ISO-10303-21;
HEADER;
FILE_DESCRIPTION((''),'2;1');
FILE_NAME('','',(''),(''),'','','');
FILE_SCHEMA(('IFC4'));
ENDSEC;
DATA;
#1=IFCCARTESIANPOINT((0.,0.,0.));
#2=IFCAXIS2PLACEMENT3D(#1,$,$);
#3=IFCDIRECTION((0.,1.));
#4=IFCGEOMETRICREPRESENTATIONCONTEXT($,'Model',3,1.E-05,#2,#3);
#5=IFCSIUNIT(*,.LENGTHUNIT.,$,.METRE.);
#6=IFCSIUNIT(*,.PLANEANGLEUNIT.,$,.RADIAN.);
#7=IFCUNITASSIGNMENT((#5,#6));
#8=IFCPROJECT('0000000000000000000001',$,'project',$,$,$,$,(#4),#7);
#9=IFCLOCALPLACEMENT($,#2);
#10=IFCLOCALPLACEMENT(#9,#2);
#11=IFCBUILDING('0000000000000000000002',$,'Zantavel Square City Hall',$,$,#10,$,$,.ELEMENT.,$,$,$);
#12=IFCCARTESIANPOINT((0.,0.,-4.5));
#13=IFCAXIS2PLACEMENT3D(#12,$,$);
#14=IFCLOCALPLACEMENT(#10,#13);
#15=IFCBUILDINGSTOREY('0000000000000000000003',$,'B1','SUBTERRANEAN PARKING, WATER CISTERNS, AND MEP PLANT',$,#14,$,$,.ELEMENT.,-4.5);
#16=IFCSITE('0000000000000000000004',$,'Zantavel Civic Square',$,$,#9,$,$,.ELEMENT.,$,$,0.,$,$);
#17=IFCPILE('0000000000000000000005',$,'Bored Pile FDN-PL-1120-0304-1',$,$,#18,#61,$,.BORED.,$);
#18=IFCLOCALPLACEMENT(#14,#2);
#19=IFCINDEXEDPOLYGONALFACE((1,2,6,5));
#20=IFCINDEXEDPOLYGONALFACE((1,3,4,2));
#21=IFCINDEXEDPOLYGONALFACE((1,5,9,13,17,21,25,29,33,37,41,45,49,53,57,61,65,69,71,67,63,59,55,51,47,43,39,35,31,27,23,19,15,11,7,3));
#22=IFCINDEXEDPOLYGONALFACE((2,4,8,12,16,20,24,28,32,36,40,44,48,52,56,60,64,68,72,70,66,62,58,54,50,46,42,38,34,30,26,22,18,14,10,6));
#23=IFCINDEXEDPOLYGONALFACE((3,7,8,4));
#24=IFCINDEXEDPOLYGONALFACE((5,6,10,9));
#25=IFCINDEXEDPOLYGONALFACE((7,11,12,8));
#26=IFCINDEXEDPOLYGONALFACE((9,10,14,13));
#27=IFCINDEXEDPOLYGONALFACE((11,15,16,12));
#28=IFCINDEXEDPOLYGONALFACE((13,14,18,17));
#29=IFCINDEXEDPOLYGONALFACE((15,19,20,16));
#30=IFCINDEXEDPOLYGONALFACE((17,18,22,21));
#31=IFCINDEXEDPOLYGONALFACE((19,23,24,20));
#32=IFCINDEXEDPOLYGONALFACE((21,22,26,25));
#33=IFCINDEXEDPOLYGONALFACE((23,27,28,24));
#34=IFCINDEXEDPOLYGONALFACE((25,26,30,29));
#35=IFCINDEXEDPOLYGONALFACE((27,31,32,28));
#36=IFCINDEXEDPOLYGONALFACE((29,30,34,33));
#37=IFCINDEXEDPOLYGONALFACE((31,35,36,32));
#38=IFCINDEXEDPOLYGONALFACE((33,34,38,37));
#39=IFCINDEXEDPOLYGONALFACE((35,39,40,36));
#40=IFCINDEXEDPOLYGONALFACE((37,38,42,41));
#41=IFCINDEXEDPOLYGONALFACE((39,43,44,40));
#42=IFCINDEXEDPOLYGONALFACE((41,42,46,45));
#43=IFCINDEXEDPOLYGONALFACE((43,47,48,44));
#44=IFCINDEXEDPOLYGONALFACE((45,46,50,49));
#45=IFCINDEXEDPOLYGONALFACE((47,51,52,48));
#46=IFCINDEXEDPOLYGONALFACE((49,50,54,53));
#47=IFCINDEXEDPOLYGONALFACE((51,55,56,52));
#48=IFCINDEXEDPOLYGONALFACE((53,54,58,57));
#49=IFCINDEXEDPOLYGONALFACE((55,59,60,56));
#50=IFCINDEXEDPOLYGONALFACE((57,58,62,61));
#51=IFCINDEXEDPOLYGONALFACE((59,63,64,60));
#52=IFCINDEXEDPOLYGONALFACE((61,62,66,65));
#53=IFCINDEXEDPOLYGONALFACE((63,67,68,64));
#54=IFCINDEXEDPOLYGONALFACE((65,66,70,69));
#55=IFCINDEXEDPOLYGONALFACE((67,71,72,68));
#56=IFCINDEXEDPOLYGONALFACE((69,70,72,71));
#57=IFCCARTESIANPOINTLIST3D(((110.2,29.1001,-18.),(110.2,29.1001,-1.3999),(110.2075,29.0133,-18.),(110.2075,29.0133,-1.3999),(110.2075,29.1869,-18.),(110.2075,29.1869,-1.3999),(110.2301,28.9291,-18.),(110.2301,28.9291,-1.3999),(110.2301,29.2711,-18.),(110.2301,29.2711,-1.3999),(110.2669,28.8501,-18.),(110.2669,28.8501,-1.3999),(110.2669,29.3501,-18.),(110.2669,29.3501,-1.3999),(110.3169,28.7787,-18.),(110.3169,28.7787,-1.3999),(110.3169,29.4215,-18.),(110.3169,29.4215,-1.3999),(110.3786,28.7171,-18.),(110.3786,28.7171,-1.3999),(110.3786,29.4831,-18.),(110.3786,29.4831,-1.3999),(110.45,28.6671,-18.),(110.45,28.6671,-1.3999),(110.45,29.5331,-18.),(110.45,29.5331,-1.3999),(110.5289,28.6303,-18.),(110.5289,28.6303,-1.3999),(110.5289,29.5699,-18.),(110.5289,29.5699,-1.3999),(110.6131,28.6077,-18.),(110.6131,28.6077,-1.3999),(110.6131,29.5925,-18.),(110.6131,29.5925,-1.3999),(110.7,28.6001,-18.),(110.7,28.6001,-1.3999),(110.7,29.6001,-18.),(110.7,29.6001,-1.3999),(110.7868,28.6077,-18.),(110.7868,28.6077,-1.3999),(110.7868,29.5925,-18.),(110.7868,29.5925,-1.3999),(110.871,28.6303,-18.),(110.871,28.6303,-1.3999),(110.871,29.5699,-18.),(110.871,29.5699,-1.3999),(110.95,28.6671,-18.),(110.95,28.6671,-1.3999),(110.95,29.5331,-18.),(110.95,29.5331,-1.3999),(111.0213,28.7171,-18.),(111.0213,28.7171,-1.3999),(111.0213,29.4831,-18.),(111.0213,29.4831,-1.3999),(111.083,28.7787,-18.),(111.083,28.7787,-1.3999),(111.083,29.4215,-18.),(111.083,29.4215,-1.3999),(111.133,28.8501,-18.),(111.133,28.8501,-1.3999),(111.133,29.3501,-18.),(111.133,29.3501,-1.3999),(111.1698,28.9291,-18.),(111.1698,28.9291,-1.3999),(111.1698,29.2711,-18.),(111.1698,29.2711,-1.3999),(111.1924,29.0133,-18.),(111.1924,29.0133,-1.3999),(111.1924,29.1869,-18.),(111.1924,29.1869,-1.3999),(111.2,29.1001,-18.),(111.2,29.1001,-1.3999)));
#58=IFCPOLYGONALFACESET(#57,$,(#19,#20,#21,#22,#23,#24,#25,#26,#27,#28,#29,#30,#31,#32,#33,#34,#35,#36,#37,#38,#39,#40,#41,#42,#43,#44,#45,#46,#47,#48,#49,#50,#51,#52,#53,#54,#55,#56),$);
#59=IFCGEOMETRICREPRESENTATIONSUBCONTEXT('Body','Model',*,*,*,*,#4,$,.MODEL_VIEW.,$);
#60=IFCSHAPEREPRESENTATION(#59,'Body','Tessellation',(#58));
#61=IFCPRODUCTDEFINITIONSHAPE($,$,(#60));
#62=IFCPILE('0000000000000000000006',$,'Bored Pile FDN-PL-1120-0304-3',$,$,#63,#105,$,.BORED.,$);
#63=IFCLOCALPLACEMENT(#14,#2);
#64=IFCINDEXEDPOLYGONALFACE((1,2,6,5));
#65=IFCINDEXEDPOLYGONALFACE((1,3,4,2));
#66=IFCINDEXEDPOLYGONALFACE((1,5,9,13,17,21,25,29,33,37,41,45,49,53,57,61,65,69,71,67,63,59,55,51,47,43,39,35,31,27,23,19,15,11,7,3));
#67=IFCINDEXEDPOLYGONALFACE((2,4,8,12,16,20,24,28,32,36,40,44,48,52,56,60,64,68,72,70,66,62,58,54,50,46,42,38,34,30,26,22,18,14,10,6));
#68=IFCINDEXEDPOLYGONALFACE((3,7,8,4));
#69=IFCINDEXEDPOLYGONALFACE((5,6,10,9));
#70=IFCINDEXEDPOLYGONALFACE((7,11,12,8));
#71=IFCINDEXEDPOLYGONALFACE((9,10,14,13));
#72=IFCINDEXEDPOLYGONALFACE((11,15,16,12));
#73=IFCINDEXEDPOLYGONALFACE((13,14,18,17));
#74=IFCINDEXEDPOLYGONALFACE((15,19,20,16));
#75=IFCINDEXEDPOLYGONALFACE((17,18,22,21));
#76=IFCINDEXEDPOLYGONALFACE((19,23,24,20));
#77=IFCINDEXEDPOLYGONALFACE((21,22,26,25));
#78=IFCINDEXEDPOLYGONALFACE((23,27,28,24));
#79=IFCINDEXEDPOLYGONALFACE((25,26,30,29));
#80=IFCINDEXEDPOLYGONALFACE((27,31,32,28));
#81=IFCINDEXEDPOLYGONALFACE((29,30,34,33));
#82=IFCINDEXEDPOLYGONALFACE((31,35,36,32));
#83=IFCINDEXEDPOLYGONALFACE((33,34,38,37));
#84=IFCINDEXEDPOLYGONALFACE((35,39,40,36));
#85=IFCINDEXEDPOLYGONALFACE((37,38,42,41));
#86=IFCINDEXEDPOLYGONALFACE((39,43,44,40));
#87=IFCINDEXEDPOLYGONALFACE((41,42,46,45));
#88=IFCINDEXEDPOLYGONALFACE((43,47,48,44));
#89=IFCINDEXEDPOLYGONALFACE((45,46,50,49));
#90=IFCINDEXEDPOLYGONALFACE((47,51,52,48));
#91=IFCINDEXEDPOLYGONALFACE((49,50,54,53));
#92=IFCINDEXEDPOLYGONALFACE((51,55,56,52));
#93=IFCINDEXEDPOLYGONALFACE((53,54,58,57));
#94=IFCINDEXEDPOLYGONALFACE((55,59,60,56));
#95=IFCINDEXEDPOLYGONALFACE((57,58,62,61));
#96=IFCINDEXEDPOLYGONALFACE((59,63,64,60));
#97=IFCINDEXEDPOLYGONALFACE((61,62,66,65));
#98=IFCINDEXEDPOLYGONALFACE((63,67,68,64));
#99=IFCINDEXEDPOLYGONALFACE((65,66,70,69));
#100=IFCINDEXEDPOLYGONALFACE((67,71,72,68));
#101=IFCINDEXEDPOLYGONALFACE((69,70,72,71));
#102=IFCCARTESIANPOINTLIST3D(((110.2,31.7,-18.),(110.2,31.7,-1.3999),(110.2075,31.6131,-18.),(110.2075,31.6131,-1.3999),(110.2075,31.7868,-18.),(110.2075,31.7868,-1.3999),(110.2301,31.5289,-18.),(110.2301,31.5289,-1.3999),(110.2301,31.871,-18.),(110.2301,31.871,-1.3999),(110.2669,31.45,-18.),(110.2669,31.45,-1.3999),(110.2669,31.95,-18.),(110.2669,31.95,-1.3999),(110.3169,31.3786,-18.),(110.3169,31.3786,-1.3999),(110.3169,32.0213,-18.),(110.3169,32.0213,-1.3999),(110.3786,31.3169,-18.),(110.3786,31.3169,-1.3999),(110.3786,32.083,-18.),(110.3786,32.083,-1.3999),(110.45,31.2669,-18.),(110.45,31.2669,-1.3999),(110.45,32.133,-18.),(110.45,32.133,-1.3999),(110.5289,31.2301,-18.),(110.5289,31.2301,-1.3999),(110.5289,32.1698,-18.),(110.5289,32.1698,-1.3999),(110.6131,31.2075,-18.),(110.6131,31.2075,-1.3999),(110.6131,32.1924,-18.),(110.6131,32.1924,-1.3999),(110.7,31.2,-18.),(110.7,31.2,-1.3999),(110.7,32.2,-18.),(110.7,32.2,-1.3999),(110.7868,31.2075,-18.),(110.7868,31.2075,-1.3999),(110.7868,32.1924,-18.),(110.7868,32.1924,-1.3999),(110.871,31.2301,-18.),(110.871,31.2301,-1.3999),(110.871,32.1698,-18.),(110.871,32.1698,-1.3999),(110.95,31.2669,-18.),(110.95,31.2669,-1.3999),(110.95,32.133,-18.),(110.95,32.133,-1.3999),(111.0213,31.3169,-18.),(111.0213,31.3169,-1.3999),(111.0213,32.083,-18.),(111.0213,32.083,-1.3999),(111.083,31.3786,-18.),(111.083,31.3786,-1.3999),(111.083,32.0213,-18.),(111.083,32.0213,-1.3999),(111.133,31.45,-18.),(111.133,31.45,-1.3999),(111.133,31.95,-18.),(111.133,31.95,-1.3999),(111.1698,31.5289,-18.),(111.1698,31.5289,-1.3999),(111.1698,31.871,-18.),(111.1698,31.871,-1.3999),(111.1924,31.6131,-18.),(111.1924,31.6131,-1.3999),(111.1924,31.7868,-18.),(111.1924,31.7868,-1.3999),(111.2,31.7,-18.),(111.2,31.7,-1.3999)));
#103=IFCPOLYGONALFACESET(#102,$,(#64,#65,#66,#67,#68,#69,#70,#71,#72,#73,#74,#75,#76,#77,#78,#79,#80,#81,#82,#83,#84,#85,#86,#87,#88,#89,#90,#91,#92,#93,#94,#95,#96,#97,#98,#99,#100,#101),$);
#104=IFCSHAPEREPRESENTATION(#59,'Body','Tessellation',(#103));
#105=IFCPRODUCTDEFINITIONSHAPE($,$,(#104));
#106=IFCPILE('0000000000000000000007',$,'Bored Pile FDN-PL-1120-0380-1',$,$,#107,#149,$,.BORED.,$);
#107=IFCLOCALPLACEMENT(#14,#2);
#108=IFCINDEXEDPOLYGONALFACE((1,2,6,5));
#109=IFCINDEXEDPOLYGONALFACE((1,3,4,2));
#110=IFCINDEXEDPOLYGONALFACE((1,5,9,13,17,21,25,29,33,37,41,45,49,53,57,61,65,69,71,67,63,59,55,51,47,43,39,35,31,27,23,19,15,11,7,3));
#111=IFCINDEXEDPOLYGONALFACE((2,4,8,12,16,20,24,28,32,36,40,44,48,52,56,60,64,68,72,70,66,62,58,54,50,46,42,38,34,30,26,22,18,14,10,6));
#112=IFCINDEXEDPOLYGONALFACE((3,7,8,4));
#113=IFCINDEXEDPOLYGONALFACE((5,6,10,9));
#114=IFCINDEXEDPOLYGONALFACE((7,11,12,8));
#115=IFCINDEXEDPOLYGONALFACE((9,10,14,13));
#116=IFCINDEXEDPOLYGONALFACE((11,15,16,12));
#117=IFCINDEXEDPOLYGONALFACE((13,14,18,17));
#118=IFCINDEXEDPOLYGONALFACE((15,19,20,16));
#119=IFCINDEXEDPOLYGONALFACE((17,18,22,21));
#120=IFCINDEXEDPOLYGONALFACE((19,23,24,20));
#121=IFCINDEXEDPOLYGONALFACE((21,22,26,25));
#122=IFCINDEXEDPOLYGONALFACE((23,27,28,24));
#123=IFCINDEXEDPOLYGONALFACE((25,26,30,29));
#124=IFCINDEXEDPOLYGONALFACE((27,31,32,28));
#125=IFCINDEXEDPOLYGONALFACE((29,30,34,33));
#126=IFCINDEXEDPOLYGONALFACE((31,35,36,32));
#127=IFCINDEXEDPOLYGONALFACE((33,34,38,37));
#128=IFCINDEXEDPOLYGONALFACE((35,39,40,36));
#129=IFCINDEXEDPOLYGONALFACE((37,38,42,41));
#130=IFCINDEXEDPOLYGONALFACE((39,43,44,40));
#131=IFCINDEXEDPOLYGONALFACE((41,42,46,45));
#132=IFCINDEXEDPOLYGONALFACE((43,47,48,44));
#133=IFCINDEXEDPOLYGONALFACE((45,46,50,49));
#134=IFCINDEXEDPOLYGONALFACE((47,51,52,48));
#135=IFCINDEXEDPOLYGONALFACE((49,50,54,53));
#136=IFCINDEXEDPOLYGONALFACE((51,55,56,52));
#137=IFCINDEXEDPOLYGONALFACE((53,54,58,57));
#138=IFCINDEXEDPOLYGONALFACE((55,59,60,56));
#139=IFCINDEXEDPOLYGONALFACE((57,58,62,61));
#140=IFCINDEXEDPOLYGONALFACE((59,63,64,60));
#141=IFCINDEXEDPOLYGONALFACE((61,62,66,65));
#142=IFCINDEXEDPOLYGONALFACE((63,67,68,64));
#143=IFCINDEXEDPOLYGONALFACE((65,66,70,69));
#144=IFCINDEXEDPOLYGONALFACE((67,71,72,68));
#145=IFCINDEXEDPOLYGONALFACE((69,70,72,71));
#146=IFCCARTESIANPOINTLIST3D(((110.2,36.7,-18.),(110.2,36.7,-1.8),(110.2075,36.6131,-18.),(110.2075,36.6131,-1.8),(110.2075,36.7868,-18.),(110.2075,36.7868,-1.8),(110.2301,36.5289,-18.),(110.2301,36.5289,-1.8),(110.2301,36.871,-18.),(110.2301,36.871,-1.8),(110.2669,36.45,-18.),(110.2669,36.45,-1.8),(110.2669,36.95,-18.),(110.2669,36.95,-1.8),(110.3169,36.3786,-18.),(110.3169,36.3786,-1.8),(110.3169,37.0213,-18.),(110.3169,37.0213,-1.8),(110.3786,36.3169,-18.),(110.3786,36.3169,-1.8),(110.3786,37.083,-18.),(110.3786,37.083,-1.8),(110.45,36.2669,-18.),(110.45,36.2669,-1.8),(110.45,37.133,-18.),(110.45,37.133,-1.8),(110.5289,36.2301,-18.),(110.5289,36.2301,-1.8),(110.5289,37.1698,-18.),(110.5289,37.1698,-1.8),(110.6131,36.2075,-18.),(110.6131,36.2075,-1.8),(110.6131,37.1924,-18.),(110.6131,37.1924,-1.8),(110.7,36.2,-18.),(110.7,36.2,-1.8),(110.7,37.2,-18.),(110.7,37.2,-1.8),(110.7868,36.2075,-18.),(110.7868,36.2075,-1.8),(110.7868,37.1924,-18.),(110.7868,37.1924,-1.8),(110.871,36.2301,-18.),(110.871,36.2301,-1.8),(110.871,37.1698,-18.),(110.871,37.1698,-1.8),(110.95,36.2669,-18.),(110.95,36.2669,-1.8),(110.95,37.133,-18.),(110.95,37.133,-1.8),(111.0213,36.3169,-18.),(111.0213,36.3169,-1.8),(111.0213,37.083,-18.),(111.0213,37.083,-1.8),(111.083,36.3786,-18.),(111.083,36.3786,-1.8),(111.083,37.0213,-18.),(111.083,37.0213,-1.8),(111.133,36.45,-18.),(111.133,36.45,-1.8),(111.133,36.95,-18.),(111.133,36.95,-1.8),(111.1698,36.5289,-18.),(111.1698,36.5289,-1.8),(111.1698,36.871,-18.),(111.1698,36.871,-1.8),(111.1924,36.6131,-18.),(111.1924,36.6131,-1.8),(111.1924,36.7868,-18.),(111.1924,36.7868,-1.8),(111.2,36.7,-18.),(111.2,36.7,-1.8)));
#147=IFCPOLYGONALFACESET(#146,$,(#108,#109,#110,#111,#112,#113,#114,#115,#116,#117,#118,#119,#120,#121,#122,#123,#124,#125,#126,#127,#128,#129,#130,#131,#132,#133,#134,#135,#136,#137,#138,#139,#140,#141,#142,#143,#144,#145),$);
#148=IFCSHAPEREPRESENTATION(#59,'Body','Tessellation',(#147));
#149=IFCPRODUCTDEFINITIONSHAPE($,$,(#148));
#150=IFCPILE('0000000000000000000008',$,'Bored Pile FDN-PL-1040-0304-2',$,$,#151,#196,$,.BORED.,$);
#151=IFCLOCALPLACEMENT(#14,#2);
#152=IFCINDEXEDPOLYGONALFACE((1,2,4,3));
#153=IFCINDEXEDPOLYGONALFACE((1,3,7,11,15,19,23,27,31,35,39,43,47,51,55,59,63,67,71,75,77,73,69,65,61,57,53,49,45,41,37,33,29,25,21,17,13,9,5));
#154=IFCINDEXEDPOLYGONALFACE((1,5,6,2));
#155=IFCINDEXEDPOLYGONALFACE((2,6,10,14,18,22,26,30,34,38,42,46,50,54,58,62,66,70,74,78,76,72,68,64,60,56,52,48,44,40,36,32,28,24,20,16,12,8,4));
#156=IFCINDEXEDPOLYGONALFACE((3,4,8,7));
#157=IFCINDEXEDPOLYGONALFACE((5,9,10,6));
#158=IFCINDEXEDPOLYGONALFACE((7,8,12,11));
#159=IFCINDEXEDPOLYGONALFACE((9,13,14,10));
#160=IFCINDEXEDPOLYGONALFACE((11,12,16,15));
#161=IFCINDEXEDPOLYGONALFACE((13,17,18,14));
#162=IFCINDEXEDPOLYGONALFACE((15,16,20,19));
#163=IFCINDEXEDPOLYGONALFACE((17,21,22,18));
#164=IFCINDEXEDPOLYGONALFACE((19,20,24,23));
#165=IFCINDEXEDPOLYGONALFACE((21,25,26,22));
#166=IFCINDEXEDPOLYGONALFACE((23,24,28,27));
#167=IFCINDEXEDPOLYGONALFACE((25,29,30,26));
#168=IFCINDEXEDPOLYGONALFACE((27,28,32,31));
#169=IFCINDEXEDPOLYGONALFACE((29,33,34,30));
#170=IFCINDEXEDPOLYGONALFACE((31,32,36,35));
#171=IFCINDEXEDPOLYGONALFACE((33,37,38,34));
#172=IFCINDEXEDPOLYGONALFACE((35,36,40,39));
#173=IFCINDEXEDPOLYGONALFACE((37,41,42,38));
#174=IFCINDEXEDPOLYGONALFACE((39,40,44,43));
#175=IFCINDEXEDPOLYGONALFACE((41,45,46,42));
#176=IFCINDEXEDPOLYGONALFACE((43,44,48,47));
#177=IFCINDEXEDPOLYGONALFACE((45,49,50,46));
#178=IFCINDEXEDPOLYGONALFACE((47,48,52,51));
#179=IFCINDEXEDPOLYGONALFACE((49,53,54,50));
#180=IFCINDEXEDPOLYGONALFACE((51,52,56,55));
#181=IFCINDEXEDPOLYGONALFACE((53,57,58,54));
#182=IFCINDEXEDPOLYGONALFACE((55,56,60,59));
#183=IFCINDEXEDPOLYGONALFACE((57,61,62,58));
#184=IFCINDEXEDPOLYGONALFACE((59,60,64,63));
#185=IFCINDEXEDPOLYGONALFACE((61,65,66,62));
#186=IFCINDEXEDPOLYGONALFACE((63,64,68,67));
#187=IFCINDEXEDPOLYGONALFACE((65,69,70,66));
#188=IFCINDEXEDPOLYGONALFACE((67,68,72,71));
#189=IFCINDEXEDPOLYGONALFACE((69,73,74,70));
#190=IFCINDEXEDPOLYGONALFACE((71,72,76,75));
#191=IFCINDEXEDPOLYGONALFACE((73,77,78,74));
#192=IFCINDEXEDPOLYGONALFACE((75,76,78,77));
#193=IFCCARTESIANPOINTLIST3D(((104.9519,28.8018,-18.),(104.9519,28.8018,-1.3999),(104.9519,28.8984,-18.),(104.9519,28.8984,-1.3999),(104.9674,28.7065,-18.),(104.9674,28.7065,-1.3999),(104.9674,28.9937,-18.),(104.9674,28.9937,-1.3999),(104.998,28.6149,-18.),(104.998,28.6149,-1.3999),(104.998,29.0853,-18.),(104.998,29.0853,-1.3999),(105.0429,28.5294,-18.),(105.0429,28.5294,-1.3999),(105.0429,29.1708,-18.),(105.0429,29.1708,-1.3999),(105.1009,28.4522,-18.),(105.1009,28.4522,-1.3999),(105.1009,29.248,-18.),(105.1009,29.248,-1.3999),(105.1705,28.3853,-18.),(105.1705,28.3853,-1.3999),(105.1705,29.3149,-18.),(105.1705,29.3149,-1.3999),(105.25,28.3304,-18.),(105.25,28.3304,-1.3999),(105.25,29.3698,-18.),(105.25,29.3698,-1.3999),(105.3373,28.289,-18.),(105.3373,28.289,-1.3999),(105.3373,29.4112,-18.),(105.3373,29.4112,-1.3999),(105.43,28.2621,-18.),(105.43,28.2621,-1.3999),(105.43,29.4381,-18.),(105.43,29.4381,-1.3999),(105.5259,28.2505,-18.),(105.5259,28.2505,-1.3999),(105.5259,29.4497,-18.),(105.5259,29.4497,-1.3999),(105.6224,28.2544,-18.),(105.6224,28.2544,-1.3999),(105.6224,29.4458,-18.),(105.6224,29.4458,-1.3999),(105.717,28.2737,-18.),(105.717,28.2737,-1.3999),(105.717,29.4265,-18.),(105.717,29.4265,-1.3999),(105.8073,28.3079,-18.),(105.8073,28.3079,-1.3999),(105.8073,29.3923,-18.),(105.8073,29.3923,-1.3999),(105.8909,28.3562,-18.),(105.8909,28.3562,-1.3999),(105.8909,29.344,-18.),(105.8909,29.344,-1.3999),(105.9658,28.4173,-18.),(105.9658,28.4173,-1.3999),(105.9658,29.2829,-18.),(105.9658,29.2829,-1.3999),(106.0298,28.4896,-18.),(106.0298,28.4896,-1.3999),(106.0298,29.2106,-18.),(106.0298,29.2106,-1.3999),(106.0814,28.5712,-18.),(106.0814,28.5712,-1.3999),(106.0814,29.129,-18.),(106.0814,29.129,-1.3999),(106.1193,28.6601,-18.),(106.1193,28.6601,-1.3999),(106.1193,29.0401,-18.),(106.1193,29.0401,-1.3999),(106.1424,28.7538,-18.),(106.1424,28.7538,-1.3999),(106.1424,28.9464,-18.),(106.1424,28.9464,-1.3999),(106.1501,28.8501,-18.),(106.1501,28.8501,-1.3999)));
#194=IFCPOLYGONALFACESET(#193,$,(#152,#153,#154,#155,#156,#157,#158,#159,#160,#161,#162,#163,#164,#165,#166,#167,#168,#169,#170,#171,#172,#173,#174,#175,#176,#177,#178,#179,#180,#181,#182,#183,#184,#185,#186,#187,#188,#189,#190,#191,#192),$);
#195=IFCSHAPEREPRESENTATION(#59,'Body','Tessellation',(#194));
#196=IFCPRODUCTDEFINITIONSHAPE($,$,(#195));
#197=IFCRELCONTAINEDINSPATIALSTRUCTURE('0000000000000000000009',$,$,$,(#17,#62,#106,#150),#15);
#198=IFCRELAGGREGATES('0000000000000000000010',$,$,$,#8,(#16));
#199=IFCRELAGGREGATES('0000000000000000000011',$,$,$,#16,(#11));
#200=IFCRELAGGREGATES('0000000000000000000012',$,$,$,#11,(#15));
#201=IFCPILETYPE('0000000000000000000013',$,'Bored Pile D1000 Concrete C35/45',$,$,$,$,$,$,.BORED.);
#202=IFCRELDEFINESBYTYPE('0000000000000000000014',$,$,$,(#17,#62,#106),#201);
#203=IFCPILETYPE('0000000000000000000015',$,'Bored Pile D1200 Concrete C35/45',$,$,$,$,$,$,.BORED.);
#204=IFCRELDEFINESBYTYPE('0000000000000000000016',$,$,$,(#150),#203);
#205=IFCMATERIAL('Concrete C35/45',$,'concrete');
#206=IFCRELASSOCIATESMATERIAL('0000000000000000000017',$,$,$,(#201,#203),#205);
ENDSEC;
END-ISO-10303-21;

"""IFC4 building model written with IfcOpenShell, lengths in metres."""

from ifc_helpers import new_model, si_unit, direction, frame, origin, origin_2d, place, context, subcontext, project, spatial, circle, extrude, material, material_profile, profile_set, type_object, element, save


model = new_model("IFC4")

# Units and contexts
model_context = context("Model", 3, precision=1e-05, world=origin(), true_north=direction((0.0, 1.0)))
body_context = subcontext(model_context, "Body", "Model", "MODEL_VIEW")
ifc_project = project(units=[si_unit("LENGTHUNIT", "METRE"), si_unit("PLANEANGLEUNIT", "RADIAN")], contexts=[model_context])

# Site, building, storey
site_placement = place(None, origin())
site = spatial("IfcSite", under=ifc_project, at=site_placement, Name="Zantavel Civic Square", CompositionType="ELEMENT", RefElevation=0.0)
building_placement = place(site_placement, origin())
building = spatial("IfcBuilding", under=site, at=building_placement, Name="Zantavel Square City Hall", CompositionType="ELEMENT")
storey_placement = place(building_placement, frame((0.0, 0.0, -4.5)))
storey = spatial("IfcBuildingStorey", under=building, at=storey_placement, Name="B1", Description="SUBTERRANEAN PARKING, WATER CISTERNS, AND MEP PLANT", CompositionType="ELEMENT", Elevation=-4.5)

# Piles
ifc_material_1 = material(Name="Concrete C35/45", Category="concrete")
ifc_material_profile_1 = material_profile(ifc_material_1, circle(Radius=0.5, at=origin_2d()), Name="PILE D1000")
ifc_profile_set_1 = profile_set([ifc_material_profile_1], Name="Concrete C35/45")
pile_type_1 = type_object("IfcPileType", Name="Bored Pile D1000 Concrete C35/45", PredefinedType="BORED", material=ifc_profile_set_1)
for number, where, z_axis, x_axis, name in (
    (1, (110.7, 29.1001, -1.3999), (0.0, 0.0, -1.0), (1.0, 0.0, 0.0), "Bored Pile FDN-PL-1120-0304-1"),
    (2, (110.7, 31.7, -1.3999), (0.0, 0.0, -1.0), (1.0, 0.0, 0.0), "Bored Pile FDN-PL-1120-0304-3"),
):
    element("IfcPile", number, at=place(storey_placement, frame(where, z_axis=z_axis, x_axis=x_axis)), inside=storey, type_object=pile_type_1, Name=name, PredefinedType="BORED", context=body_context, shape_type="SweptSolid", body=[
        extrude(circle(Radius=0.5, at=origin_2d()), origin(), (0.0, 0.0, 1.0), 16.6001),
    ])
pile_placement = place(storey_placement, frame((110.7, 36.7, -1.8), z_axis=(0.0, 0.0, -1.0), x_axis=(1.0, 0.0, 0.0)))
element("IfcPile", 3, at=pile_placement, inside=storey, type_object=pile_type_1, Name="Bored Pile FDN-PL-1120-0380-1", PredefinedType="BORED", context=body_context, shape_type="SweptSolid", body=[
    extrude(circle(Radius=0.5, at=origin_2d()), origin(), (0.0, 0.0, 1.0), 16.2),
])
ifc_material_profile_2 = material_profile(ifc_material_1, circle(Radius=0.6001, at=origin_2d()), Name="PILE D1200")
ifc_profile_set_2 = profile_set([ifc_material_profile_2], Name="Concrete C35/45")
pile_type_2 = type_object("IfcPileType", Name="Bored Pile D1200 Concrete C35/45", PredefinedType="BORED", material=ifc_profile_set_2)
for number, where, z_axis, x_axis, name in (
    (4, (105.55, 28.8501, -1.3999), (0.0, 0.0, -1.0), (1.0, 0.0, 0.0), "Bored Pile FDN-PL-1040-0304-2"),
):
    element("IfcPile", number, at=place(storey_placement, frame(where, z_axis=z_axis, x_axis=x_axis)), inside=storey, type_object=pile_type_2, Name=name, PredefinedType="BORED", context=body_context, shape_type="SweptSolid", body=[
        extrude(circle(Radius=0.6001, at=origin_2d()), origin(), (0.0, 0.0, 1.0), 16.6001),
    ])

save(model, "model.ifc")
